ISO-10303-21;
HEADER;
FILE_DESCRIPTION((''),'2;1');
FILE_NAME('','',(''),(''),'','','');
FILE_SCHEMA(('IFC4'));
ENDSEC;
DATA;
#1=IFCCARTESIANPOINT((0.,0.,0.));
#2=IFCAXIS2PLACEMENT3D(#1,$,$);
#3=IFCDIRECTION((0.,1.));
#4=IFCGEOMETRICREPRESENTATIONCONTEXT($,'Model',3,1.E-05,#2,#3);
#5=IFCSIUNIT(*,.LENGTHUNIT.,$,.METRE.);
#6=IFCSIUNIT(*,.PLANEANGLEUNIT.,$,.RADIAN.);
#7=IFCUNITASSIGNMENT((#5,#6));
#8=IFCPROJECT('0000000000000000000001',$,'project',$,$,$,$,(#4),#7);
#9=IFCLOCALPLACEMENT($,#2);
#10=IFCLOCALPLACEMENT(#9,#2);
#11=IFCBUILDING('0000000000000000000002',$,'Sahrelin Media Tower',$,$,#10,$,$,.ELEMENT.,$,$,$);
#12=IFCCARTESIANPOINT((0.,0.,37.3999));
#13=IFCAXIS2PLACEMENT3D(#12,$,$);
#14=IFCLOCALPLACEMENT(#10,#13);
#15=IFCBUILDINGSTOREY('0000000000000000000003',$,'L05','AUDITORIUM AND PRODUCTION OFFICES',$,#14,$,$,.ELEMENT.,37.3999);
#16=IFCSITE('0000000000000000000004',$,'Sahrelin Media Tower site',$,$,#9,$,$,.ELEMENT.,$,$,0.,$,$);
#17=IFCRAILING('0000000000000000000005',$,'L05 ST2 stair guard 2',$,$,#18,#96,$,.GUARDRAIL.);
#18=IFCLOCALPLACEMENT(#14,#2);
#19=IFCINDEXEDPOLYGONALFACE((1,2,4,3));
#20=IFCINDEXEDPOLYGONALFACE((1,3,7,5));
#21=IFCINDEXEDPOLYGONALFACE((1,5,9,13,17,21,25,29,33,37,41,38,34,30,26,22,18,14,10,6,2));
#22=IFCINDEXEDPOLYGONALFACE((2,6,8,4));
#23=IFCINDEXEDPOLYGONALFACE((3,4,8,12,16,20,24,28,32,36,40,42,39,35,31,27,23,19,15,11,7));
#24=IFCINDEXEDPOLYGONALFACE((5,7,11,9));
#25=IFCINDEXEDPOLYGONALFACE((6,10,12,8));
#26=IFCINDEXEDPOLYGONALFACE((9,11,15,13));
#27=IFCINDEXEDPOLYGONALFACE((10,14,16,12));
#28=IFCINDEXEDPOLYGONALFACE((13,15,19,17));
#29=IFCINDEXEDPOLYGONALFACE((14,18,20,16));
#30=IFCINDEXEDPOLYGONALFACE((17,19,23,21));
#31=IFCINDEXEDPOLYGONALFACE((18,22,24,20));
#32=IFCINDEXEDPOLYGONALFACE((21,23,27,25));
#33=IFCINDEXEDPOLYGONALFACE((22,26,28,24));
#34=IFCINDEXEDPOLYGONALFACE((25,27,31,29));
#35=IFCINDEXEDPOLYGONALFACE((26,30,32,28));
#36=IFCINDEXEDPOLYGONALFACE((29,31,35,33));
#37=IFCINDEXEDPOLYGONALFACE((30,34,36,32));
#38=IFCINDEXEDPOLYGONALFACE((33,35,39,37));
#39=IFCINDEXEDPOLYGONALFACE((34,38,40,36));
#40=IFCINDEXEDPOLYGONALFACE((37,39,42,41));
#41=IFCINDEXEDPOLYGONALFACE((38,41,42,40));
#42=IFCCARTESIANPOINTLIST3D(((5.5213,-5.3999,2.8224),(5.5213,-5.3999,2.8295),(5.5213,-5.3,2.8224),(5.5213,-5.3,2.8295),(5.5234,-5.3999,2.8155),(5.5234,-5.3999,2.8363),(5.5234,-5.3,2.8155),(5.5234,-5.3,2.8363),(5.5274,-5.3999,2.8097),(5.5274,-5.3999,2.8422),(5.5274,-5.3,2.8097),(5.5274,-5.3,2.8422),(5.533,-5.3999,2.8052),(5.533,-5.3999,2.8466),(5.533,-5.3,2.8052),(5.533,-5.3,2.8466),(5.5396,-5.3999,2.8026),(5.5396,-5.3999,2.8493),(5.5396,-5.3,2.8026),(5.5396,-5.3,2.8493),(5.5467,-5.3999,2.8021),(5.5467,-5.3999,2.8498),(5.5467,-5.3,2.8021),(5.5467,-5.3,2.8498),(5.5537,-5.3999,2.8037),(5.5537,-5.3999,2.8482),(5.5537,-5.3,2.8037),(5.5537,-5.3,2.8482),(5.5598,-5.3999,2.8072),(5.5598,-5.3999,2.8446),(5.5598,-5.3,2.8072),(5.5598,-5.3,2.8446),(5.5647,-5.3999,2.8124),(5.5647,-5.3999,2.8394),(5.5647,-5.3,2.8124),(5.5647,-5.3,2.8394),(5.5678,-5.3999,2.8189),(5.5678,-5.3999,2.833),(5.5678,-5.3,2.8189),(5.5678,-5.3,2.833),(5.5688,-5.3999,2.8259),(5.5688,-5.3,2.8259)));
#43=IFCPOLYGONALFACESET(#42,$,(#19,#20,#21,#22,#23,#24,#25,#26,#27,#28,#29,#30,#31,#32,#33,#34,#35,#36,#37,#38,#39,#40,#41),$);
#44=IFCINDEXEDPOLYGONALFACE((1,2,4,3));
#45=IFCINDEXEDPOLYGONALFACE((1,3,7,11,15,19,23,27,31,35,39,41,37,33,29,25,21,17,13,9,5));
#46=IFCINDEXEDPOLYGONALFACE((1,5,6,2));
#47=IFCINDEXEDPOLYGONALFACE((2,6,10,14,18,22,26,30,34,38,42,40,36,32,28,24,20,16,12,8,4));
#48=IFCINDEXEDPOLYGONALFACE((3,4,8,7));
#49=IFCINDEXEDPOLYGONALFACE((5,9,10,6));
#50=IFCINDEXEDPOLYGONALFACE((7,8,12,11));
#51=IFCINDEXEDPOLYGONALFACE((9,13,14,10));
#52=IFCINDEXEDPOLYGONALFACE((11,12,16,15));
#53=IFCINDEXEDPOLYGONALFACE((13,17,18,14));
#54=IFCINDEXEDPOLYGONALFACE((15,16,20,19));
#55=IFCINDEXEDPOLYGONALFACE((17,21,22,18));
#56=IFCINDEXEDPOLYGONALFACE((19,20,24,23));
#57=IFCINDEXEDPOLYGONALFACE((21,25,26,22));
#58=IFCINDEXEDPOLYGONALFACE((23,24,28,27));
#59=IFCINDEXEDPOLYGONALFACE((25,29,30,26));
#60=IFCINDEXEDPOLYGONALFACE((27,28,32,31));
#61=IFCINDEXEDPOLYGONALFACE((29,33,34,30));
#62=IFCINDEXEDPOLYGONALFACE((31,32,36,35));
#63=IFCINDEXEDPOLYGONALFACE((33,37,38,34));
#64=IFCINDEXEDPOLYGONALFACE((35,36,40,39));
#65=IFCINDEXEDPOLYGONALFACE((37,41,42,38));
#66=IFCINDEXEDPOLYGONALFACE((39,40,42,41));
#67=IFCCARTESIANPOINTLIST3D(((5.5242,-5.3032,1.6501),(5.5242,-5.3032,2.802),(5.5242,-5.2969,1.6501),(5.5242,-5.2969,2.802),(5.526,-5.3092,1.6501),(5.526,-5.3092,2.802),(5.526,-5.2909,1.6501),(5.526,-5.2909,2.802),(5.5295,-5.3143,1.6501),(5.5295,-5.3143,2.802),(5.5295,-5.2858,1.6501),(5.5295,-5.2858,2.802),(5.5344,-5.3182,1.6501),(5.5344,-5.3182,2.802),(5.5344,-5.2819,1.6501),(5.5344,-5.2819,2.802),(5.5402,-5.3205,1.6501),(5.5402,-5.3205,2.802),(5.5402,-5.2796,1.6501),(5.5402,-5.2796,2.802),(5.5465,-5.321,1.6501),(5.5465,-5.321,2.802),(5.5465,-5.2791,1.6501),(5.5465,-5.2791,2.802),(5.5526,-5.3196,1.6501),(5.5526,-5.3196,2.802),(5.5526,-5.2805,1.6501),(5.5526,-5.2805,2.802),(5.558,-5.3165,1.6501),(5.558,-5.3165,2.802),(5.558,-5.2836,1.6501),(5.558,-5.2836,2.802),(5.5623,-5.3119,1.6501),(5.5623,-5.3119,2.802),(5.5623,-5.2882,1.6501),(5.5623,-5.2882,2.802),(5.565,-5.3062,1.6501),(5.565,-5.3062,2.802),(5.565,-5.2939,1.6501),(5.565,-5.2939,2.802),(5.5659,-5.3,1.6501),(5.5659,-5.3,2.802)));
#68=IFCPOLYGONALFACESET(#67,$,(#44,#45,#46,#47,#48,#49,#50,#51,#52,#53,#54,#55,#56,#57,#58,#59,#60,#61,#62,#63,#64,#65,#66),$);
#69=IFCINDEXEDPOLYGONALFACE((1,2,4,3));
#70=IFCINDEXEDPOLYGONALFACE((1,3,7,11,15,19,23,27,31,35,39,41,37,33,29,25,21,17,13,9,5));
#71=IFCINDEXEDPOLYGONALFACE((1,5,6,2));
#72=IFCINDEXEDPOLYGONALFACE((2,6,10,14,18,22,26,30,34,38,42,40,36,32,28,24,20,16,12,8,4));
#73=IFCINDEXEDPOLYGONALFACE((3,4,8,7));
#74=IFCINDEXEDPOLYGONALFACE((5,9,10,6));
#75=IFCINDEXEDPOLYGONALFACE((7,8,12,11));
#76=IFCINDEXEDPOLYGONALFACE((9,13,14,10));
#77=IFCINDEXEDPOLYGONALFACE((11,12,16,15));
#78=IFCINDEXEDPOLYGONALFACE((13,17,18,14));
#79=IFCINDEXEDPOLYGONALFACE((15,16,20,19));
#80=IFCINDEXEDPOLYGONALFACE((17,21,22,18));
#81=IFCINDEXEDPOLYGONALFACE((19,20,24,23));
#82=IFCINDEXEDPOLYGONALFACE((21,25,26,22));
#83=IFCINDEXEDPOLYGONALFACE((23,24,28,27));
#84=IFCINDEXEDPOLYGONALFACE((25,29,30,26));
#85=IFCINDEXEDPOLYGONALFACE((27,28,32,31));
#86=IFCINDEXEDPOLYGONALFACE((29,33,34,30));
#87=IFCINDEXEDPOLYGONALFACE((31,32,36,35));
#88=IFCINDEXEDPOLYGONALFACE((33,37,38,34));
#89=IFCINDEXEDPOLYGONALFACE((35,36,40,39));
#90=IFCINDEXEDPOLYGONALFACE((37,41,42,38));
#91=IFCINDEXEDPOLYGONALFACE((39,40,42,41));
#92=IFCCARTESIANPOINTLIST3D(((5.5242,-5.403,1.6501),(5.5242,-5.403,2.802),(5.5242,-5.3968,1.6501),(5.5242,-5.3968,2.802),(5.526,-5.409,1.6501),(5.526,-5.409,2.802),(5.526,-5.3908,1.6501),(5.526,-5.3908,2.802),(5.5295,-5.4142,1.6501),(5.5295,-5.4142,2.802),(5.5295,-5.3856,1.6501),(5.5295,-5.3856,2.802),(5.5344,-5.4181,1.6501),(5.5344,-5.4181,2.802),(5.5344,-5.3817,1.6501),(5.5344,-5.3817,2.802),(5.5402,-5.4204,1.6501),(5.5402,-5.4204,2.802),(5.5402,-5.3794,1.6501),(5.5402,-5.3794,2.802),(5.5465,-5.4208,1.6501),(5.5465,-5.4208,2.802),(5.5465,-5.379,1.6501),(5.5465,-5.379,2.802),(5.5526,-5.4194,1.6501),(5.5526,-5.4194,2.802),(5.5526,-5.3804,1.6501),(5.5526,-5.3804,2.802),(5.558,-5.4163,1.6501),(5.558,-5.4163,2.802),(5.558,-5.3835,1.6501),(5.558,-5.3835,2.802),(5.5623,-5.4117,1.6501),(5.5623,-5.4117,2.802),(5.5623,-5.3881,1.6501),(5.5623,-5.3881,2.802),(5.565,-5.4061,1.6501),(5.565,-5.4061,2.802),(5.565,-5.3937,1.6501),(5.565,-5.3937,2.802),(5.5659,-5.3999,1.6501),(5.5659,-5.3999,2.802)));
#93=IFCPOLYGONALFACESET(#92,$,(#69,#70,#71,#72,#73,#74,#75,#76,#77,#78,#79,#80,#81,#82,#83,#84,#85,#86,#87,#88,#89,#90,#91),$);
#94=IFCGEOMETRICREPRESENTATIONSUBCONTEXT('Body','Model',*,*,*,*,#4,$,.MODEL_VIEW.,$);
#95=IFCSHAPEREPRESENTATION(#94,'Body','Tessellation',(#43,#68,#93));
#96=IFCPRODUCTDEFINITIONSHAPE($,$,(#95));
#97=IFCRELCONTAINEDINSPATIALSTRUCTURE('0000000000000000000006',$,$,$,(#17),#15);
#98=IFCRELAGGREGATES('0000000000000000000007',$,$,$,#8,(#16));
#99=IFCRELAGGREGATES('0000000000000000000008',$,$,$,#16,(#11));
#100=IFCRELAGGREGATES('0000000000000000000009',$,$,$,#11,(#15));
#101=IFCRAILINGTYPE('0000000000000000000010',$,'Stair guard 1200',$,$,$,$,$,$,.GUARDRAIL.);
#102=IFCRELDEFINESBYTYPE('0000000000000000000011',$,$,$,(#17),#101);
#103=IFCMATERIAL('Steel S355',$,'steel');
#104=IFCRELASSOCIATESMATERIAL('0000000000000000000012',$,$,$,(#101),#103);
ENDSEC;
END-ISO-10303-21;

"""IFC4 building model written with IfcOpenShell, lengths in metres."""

from ifc_helpers import new_model, si_unit, direction, frame, origin, origin_2d, place, context, subcontext, project, spatial, circle, extrude, material, type_object, element, save


model = new_model("IFC4")

# Units and contexts
model_context = context("Model", 3, precision=1e-05, world=origin(), true_north=direction((0.0, 1.0)))
body_context = subcontext(model_context, "Body", "Model", "MODEL_VIEW")
ifc_project = project(units=[si_unit("LENGTHUNIT", "METRE"), si_unit("PLANEANGLEUNIT", "RADIAN")], contexts=[model_context])

# Site, building, storey
site_placement = place(None, origin())
site = spatial("IfcSite", under=ifc_project, at=site_placement, Name="Sahrelin Media Tower site", CompositionType="ELEMENT", RefElevation=0.0)
building_placement = place(site_placement, origin())
building = spatial("IfcBuilding", under=site, at=building_placement, Name="Sahrelin Media Tower", CompositionType="ELEMENT")
storey_placement = place(building_placement, frame((0.0, 0.0, 37.3999)))
storey = spatial("IfcBuildingStorey", under=building, at=storey_placement, Name="L05", Description="AUDITORIUM AND PRODUCTION OFFICES", CompositionType="ELEMENT", Elevation=37.3999)

# Shared definitions
ifc_material_1 = material(Name="Steel S355", Category="steel")

# Railing
railing_type_1 = type_object("IfcRailingType", Name="Stair guard 1200", PredefinedType="GUARDRAIL", material=ifc_material_1)
railing_1_placement = place(storey_placement, frame((5.5449, -5.3, 1.6501)))
element("IfcRailing", 1, at=railing_1_placement, inside=storey, type_object=railing_type_1, Name="L05 ST2 stair guard 2", PredefinedType="GUARDRAIL", context=body_context, shape_type="SweptSolid", body=[
    extrude(circle(Radius=0.0239, at=origin_2d()), frame((0.0, 0.0, 1.1758), z_axis=(0.0, -1.0, 0.0), x_axis=(1.0, 0.0, 0.0)), (0.0, 0.0, 1.0), 0.0999),
    extrude(circle(Radius=0.021, at=origin_2d()), origin(), (0.0, 0.0, 1.0), 1.1519),
    extrude(circle(Radius=0.021, at=origin_2d()), frame((0.0, -0.0999, 0.0)), (0.0, 0.0, 1.0), 1.1519),
])

save(model, "model.ifc")
